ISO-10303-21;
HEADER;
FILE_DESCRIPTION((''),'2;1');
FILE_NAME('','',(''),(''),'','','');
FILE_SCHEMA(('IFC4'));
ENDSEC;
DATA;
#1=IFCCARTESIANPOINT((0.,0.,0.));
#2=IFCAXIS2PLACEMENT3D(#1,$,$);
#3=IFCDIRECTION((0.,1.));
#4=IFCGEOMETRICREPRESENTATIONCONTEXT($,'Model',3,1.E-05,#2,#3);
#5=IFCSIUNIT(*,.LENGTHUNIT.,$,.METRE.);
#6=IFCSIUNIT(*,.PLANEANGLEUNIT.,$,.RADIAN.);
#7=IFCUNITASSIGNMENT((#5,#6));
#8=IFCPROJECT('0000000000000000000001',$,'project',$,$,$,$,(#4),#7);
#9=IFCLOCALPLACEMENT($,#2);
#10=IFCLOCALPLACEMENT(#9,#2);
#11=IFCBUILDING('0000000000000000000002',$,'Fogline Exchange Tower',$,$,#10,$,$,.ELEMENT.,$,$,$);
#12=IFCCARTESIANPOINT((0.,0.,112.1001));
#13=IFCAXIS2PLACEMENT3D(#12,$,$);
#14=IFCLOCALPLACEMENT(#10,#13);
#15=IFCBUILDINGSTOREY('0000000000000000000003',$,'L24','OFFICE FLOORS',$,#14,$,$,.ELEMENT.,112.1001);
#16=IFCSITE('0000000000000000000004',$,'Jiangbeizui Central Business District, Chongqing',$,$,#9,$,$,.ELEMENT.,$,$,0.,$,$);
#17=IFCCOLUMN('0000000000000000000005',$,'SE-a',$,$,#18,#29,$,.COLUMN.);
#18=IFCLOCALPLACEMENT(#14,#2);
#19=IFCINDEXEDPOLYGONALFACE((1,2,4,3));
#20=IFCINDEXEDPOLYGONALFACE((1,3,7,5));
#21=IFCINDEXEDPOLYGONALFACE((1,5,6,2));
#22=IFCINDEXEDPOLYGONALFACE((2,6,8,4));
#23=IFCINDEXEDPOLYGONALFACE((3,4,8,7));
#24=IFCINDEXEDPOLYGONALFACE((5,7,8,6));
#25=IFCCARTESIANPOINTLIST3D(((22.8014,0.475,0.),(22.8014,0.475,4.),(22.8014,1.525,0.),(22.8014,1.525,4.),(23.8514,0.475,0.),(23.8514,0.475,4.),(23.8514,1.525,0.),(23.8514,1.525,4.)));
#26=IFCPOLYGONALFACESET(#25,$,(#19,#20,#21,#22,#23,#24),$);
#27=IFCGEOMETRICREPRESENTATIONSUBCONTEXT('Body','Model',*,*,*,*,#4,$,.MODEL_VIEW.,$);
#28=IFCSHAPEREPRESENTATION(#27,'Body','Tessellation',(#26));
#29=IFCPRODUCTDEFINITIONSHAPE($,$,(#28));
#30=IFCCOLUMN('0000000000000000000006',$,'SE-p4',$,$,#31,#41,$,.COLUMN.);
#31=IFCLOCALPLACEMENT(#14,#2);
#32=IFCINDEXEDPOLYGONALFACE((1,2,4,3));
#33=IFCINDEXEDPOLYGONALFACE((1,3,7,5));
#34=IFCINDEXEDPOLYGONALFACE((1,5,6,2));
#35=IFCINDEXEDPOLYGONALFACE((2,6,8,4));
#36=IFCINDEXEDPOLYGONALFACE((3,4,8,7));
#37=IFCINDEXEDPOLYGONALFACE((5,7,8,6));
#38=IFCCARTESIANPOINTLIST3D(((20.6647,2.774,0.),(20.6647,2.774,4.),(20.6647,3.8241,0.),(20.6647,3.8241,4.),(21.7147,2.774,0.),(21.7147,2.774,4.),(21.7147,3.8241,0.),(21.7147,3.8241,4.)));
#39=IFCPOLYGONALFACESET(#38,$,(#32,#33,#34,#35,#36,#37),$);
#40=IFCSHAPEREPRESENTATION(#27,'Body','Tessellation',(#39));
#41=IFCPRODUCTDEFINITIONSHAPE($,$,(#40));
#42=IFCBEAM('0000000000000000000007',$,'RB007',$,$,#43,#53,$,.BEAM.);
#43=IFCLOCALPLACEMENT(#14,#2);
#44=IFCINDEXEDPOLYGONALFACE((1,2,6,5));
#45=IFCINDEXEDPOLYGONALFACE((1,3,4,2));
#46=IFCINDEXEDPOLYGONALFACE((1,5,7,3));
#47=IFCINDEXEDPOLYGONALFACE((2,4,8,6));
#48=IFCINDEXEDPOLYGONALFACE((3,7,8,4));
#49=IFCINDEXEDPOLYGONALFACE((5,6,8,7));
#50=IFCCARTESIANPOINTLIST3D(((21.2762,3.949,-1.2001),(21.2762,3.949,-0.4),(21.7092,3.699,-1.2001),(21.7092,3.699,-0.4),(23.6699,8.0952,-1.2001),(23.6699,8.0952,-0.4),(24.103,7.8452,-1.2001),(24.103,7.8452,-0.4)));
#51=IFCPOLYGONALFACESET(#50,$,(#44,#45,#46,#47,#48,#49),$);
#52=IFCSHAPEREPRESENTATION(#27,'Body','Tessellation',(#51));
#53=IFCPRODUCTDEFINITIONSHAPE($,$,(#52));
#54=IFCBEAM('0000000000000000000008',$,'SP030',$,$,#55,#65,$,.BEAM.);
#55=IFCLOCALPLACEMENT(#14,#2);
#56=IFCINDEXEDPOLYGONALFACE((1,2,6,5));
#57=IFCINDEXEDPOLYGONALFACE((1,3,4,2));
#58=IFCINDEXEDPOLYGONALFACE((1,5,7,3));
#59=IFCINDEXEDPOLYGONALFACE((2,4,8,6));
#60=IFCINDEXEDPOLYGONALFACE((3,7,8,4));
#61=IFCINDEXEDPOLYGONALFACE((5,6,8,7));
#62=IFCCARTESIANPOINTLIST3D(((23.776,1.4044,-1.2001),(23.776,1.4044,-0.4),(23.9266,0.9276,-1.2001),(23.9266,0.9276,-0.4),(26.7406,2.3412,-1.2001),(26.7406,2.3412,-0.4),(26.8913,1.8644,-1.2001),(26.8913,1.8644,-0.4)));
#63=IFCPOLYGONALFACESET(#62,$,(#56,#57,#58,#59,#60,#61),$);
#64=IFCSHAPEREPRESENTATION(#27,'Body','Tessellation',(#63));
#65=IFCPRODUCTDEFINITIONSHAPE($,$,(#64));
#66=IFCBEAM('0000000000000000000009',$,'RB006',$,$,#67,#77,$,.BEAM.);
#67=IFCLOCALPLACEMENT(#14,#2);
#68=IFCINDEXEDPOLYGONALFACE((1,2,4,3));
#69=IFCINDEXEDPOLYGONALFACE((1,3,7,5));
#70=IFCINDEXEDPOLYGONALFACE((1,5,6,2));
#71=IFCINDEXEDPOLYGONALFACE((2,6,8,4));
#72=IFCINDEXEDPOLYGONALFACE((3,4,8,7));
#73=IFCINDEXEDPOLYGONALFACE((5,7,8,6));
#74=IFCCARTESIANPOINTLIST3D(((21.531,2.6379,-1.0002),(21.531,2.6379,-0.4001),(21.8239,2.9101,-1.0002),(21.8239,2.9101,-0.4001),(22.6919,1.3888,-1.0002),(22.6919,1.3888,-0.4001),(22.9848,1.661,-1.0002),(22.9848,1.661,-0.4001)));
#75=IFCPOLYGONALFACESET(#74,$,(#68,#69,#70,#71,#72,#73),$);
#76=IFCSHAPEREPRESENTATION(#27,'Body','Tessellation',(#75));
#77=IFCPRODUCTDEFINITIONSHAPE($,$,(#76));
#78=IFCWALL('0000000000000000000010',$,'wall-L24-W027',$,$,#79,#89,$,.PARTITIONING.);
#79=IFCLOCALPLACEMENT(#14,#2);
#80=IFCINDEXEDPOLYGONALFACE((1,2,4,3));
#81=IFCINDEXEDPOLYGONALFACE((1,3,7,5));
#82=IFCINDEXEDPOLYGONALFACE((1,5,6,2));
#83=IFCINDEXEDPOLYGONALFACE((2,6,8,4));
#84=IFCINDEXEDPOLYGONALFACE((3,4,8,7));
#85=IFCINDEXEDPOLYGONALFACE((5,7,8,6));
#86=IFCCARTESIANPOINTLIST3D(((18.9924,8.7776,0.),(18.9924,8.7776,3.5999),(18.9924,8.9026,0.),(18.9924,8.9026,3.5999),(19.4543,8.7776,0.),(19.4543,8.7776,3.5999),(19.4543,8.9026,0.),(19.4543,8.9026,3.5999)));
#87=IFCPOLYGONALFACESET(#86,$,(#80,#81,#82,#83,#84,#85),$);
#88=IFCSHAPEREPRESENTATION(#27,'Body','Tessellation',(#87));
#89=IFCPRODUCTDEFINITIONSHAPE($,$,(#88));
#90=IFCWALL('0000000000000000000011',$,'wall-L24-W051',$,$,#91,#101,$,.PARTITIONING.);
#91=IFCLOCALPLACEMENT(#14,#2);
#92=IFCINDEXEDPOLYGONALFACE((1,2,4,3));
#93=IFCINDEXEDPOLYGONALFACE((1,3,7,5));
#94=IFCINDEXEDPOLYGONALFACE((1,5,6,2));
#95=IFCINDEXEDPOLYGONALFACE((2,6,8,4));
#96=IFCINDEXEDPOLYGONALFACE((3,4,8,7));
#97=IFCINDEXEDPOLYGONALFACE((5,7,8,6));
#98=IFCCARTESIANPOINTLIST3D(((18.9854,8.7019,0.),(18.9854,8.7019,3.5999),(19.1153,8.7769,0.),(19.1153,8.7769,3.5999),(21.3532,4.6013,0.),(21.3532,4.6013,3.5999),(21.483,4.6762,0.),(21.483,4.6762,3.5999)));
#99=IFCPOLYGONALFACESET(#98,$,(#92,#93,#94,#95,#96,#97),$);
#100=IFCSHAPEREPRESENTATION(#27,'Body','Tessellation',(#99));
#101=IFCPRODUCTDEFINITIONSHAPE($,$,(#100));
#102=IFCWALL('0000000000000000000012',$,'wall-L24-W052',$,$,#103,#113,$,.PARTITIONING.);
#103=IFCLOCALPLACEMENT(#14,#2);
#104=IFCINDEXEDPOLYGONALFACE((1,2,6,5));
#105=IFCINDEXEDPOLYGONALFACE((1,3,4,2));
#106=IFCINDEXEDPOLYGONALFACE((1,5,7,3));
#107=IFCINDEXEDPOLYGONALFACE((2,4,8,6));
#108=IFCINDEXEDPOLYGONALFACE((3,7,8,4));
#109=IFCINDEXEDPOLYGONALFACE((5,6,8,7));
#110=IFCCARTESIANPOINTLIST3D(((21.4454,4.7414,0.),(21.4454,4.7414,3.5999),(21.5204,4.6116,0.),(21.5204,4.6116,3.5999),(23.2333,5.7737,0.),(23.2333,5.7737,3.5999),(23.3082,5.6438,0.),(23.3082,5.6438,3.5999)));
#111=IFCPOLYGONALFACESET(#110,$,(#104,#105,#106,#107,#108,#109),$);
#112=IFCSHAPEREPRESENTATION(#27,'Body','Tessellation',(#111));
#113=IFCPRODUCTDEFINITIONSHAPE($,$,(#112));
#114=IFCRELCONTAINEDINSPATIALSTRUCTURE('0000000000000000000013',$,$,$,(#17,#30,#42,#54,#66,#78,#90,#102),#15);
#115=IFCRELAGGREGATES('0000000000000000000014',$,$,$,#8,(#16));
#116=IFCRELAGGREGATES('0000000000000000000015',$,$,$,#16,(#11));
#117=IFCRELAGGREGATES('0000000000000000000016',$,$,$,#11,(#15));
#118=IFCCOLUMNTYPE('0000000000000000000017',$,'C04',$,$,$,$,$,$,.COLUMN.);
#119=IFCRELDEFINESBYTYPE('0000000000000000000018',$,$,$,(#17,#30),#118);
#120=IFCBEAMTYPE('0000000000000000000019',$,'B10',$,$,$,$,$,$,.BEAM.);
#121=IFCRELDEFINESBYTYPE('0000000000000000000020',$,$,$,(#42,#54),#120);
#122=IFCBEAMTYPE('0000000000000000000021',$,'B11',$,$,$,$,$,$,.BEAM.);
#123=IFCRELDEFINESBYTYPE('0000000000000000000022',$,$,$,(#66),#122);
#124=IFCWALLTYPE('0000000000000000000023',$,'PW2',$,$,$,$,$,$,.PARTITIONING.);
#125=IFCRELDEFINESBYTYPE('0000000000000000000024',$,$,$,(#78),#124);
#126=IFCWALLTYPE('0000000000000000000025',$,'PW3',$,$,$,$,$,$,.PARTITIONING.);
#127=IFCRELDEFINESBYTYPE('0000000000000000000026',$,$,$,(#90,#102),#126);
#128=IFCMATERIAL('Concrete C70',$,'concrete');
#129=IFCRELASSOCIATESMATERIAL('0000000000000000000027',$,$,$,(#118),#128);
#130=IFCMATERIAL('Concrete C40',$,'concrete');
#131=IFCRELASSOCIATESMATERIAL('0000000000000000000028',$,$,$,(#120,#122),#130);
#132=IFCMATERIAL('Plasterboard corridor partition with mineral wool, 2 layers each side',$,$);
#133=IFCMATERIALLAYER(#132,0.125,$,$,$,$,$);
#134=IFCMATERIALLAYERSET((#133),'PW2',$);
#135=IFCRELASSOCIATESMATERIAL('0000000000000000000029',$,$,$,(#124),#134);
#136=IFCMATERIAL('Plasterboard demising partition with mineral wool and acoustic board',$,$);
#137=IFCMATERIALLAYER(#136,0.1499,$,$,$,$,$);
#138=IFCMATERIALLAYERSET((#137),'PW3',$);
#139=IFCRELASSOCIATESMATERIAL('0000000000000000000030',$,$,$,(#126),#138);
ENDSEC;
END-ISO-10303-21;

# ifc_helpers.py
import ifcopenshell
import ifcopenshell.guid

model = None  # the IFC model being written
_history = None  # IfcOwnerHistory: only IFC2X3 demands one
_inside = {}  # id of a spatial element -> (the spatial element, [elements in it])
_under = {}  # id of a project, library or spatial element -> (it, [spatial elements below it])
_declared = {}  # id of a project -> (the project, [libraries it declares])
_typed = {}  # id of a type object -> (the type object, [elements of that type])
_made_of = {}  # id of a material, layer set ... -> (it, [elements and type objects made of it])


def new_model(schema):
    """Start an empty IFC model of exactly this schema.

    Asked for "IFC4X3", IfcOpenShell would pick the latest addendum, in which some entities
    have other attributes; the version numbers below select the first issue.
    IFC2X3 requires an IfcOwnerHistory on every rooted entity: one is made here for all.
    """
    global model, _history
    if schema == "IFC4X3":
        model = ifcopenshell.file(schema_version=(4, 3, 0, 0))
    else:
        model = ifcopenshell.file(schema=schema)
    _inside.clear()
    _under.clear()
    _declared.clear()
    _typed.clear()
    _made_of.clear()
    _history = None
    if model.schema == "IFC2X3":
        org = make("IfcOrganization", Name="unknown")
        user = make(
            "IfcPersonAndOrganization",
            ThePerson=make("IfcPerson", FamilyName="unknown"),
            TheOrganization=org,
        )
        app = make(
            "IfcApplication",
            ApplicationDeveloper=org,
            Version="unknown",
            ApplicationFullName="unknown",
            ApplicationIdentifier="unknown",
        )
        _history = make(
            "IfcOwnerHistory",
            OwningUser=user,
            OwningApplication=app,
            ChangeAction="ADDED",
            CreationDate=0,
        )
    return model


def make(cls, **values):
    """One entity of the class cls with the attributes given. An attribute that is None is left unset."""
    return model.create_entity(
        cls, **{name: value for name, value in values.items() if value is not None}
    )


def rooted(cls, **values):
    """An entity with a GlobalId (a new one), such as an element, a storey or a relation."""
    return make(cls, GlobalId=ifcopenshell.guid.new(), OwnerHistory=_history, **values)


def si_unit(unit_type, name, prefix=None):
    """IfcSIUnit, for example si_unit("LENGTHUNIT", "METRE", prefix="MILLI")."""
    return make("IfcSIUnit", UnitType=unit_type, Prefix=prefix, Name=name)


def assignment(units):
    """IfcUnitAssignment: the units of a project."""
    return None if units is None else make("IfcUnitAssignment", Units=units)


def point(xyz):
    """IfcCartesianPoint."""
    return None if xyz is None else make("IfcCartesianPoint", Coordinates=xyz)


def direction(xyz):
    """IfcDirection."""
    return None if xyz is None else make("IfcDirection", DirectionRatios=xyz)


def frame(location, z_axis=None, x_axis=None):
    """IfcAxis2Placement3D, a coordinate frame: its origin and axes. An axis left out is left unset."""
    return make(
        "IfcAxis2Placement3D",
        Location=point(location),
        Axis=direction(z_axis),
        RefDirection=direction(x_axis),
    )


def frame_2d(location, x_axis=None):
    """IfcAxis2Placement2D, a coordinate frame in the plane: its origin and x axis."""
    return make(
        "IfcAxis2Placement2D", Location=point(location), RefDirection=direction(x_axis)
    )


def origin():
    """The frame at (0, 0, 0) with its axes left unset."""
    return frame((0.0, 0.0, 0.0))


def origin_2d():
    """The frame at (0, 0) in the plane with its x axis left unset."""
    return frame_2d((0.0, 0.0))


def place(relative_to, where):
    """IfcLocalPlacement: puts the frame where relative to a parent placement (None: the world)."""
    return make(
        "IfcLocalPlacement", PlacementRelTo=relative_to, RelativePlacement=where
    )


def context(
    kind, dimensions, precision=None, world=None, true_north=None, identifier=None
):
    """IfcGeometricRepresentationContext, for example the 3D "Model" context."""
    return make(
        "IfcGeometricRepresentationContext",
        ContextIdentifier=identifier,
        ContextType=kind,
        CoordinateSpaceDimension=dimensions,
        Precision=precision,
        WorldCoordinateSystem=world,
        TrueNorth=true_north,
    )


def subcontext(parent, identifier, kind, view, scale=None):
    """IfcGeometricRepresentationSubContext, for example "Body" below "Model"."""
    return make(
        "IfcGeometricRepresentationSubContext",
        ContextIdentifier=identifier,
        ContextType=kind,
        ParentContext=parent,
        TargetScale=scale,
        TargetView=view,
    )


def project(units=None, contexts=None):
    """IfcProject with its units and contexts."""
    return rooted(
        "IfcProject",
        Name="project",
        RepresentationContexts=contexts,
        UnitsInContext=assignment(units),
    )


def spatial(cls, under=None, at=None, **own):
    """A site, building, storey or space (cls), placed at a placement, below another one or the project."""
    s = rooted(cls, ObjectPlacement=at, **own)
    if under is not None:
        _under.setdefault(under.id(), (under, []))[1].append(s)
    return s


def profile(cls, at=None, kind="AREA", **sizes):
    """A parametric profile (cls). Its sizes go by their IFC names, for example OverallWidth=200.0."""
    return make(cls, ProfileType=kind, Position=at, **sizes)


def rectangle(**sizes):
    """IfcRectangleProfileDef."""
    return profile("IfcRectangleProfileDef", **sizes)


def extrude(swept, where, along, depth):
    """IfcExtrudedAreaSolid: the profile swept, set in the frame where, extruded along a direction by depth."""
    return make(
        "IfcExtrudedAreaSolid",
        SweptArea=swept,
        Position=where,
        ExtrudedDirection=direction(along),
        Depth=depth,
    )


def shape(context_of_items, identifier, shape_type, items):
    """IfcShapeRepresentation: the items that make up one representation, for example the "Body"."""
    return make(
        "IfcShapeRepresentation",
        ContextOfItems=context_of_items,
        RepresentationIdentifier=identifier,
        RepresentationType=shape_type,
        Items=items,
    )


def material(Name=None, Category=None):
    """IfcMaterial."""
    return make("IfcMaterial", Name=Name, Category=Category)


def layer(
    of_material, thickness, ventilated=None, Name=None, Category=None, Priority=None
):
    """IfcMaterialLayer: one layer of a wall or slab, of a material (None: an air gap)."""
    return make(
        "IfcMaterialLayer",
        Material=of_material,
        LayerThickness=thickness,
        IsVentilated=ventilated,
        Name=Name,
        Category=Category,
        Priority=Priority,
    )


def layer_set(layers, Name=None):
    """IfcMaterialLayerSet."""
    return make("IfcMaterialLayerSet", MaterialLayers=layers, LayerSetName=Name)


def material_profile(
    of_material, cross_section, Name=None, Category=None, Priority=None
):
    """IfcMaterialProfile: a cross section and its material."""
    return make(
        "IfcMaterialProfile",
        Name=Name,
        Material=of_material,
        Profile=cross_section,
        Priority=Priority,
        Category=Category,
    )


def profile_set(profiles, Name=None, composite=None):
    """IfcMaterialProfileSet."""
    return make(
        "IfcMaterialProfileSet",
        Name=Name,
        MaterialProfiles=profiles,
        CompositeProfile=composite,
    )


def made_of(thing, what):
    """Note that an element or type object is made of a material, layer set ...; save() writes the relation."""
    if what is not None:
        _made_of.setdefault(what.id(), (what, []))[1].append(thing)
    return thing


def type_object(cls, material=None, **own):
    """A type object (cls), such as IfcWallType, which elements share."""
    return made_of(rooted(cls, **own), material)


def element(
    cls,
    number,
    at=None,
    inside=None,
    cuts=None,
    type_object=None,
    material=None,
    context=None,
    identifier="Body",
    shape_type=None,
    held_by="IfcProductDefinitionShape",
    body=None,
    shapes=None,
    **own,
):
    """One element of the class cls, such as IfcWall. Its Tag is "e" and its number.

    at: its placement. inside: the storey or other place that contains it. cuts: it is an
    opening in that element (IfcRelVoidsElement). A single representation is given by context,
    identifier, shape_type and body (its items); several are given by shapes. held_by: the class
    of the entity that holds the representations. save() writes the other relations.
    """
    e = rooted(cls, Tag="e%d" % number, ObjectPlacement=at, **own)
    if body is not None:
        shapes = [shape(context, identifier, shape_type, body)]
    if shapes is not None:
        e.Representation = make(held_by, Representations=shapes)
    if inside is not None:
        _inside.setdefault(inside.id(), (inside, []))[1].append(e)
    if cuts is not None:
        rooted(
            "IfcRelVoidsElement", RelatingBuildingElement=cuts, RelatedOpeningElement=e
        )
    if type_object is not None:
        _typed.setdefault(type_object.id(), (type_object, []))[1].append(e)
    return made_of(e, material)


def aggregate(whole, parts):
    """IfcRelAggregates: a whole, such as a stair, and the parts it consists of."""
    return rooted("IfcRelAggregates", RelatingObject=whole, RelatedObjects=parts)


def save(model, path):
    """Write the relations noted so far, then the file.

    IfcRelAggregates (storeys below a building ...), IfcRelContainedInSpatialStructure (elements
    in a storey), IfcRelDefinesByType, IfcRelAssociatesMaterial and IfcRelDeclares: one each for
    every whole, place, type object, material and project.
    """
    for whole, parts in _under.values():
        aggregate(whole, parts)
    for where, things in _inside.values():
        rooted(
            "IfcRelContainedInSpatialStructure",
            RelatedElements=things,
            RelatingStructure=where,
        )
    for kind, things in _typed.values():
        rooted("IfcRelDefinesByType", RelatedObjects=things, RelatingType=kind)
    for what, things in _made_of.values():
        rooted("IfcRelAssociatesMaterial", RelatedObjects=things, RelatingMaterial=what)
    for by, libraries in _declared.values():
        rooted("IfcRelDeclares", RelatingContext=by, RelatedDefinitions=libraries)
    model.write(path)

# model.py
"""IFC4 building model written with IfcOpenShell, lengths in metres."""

from ifc_helpers import new_model, si_unit, direction, frame, frame_2d, origin, origin_2d, place, context, subcontext, project, spatial, rectangle, extrude, material, layer, layer_set, material_profile, profile_set, type_object, element, save


model = new_model("IFC4")

# Units and contexts
model_context = context("Model", 3, precision=1e-05, world=origin(), true_north=direction((0.0, 1.0)))
body_context = subcontext(model_context, "Body", "Model", "MODEL_VIEW")
ifc_project = project(units=[si_unit("LENGTHUNIT", "METRE"), si_unit("PLANEANGLEUNIT", "RADIAN")], contexts=[model_context])

# Site, building, storey
site_placement = place(None, origin())
site = spatial("IfcSite", under=ifc_project, at=site_placement, Name="Jiangbeizui Central Business District, Chongqing", CompositionType="ELEMENT", RefElevation=0.0)
building_placement = place(site_placement, origin())
building = spatial("IfcBuilding", under=site, at=building_placement, Name="Fogline Exchange Tower", CompositionType="ELEMENT")
storey_placement = place(building_placement, frame((0.0, 0.0, 112.1001)))
storey = spatial("IfcBuildingStorey", under=building, at=storey_placement, Name="L24", Description="OFFICE FLOORS", CompositionType="ELEMENT", Elevation=112.1001)

# Columns
ifc_material_1 = material(Name="Concrete C70", Category="concrete")
ifc_material_profile_1 = material_profile(ifc_material_1, rectangle(XDim=1.05, YDim=1.05, at=origin_2d()), Name="RC 1050x1050")
ifc_profile_set_1 = profile_set([ifc_material_profile_1], Name="Concrete C70")
column_type = type_object("IfcColumnType", Name="C04", PredefinedType="COLUMN", material=ifc_profile_set_1)
for number, where, z_axis, x_axis, name in (
    (1, (23.3264, 1.0, 0.0), (0.0, 0.0, 1.0), (1.0, 0.0, 0.0), "SE-a"),
    (2, (21.1897, 3.2991, 0.0), (0.0, 0.0, 1.0), (1.0, 0.0, 0.0), "SE-p4"),
):
    element("IfcColumn", number, at=place(storey_placement, frame(where, z_axis=z_axis, x_axis=x_axis)), inside=storey, type_object=column_type, Name=name, PredefinedType="COLUMN", context=body_context, shape_type="SweptSolid", body=[
        extrude(rectangle(XDim=1.05, YDim=1.05, at=origin_2d()), origin(), (0.0, 0.0, 1.0), 4.0),
    ])

# Beams
ifc_material_2 = material(Name="Concrete C40", Category="concrete")
ifc_material_profile_2 = material_profile(ifc_material_2, rectangle(XDim=0.5, YDim=0.8, at=origin_2d()), Name="RC 500x800")
ifc_profile_set_2 = profile_set([ifc_material_profile_2], Name="Concrete C40")
beam_type_1 = type_object("IfcBeamType", Name="B10", PredefinedType="BEAM", material=ifc_profile_set_2)
beam_1_placement = place(storey_placement, frame((21.4927, 3.824, -0.8), z_axis=(0.499995, 0.866028, 0.0), x_axis=(-0.866028, 0.499995, 0.0)))
element("IfcBeam", 3, at=beam_1_placement, inside=storey, type_object=beam_type_1, Name="RB007", PredefinedType="BEAM", context=body_context, shape_type="SweptSolid", body=[
    extrude(rectangle(XDim=0.5, YDim=0.8, at=origin_2d()), origin(), (0.0, 0.0, 1.0), 4.7876),
])
beam_2_placement = place(storey_placement, frame((23.8513, 1.166, -0.8), z_axis=(0.953529, 0.3013, 0.0), x_axis=(-0.3013, 0.953529, 0.0)))
element("IfcBeam", 4, at=beam_2_placement, inside=storey, type_object=beam_type_1, Name="SP030", PredefinedType="BEAM", context=body_context, shape_type="SweptSolid", body=[
    extrude(rectangle(XDim=0.5, YDim=0.8, at=origin_2d()), origin(), (0.0, 0.0, 1.0), 3.1091),
])
ifc_material_profile_3 = material_profile(ifc_material_2, rectangle(XDim=0.3999, YDim=0.6001, at=origin_2d()), Name="RC 400x600")
ifc_profile_set_3 = profile_set([ifc_material_profile_3], Name="Concrete C40")
beam_type_2 = type_object("IfcBeamType", Name="B11", PredefinedType="BEAM", material=ifc_profile_set_3)
beam_3_placement = place(storey_placement, frame((22.8384, 1.5249, -0.7002), z_axis=(-0.680792, 0.732477, 0.0), x_axis=(-0.732477, -0.680792, 0.0)))
element("IfcBeam", 5, at=beam_3_placement, inside=storey, type_object=beam_type_2, Name="RB006", PredefinedType="BEAM", context=body_context, shape_type="SweptSolid", body=[
    extrude(rectangle(XDim=0.3999, YDim=0.6001, at=origin_2d()), origin(), (0.0, 0.0, 1.0), 1.7053),
])

# Walls
ifc_material_3 = material(Name="Plasterboard corridor partition with mineral wool, 2 layers each side")
ifc_layer_1 = layer(ifc_material_3, 0.125)
ifc_layer_set_1 = layer_set([ifc_layer_1], Name="PW2")
wall_type_1 = type_object("IfcWallType", Name="PW2", PredefinedType="PARTITIONING", material=ifc_layer_set_1)
wall_1_placement = place(storey_placement, frame((19.4543, 8.8401, 0.0), z_axis=(0.0, 0.0, 1.0), x_axis=(-1.0, 0.0, 0.0)))
element("IfcWall", 6, at=wall_1_placement, inside=storey, type_object=wall_type_1, Name="wall-L24-W027", PredefinedType="PARTITIONING", context=body_context, shape_type="SweptSolid", body=[
    extrude(rectangle(XDim=0.4619, YDim=0.125, at=frame_2d((0.231, 0.0))), origin(), (0.0, 0.0, 1.0), 3.5999),
])
ifc_material_4 = material(Name="Plasterboard demising partition with mineral wool and acoustic board")
ifc_layer_2 = layer(ifc_material_4, 0.1499)
ifc_layer_set_2 = layer_set([ifc_layer_2], Name="PW3")
wall_type_2 = type_object("IfcWallType", Name="PW3", PredefinedType="PARTITIONING", material=ifc_layer_set_2)
wall_2_placement = place(storey_placement, frame((19.0503, 8.7395, 0.0), z_axis=(0.0, 0.0, 1.0), x_axis=(0.500032, -0.866007, 0.0)))
element("IfcWall", 7, at=wall_2_placement, inside=storey, type_object=wall_type_2, Name="wall-L24-W051", PredefinedType="PARTITIONING", context=body_context, shape_type="SweptSolid", body=[
    extrude(rectangle(XDim=4.7351, YDim=0.1499, at=frame_2d((2.3677, 0.0))), origin(), (0.0, 0.0, 1.0), 3.5999),
])
wall_3_placement = place(storey_placement, frame((21.4829, 4.6765, 0.0), z_axis=(0.0, 0.0, 1.0), x_axis=(0.866022, 0.500006, 0.0)))
element("IfcWall", 8, at=wall_3_placement, inside=storey, type_object=wall_type_2, Name="wall-L24-W052", PredefinedType="PARTITIONING", context=body_context, shape_type="SweptSolid", body=[
    extrude(rectangle(XDim=2.0645, YDim=0.1499, at=frame_2d((1.0322, 0.0))), origin(), (0.0, 0.0, 1.0), 3.5999),
])

save(model, "model.ifc")
